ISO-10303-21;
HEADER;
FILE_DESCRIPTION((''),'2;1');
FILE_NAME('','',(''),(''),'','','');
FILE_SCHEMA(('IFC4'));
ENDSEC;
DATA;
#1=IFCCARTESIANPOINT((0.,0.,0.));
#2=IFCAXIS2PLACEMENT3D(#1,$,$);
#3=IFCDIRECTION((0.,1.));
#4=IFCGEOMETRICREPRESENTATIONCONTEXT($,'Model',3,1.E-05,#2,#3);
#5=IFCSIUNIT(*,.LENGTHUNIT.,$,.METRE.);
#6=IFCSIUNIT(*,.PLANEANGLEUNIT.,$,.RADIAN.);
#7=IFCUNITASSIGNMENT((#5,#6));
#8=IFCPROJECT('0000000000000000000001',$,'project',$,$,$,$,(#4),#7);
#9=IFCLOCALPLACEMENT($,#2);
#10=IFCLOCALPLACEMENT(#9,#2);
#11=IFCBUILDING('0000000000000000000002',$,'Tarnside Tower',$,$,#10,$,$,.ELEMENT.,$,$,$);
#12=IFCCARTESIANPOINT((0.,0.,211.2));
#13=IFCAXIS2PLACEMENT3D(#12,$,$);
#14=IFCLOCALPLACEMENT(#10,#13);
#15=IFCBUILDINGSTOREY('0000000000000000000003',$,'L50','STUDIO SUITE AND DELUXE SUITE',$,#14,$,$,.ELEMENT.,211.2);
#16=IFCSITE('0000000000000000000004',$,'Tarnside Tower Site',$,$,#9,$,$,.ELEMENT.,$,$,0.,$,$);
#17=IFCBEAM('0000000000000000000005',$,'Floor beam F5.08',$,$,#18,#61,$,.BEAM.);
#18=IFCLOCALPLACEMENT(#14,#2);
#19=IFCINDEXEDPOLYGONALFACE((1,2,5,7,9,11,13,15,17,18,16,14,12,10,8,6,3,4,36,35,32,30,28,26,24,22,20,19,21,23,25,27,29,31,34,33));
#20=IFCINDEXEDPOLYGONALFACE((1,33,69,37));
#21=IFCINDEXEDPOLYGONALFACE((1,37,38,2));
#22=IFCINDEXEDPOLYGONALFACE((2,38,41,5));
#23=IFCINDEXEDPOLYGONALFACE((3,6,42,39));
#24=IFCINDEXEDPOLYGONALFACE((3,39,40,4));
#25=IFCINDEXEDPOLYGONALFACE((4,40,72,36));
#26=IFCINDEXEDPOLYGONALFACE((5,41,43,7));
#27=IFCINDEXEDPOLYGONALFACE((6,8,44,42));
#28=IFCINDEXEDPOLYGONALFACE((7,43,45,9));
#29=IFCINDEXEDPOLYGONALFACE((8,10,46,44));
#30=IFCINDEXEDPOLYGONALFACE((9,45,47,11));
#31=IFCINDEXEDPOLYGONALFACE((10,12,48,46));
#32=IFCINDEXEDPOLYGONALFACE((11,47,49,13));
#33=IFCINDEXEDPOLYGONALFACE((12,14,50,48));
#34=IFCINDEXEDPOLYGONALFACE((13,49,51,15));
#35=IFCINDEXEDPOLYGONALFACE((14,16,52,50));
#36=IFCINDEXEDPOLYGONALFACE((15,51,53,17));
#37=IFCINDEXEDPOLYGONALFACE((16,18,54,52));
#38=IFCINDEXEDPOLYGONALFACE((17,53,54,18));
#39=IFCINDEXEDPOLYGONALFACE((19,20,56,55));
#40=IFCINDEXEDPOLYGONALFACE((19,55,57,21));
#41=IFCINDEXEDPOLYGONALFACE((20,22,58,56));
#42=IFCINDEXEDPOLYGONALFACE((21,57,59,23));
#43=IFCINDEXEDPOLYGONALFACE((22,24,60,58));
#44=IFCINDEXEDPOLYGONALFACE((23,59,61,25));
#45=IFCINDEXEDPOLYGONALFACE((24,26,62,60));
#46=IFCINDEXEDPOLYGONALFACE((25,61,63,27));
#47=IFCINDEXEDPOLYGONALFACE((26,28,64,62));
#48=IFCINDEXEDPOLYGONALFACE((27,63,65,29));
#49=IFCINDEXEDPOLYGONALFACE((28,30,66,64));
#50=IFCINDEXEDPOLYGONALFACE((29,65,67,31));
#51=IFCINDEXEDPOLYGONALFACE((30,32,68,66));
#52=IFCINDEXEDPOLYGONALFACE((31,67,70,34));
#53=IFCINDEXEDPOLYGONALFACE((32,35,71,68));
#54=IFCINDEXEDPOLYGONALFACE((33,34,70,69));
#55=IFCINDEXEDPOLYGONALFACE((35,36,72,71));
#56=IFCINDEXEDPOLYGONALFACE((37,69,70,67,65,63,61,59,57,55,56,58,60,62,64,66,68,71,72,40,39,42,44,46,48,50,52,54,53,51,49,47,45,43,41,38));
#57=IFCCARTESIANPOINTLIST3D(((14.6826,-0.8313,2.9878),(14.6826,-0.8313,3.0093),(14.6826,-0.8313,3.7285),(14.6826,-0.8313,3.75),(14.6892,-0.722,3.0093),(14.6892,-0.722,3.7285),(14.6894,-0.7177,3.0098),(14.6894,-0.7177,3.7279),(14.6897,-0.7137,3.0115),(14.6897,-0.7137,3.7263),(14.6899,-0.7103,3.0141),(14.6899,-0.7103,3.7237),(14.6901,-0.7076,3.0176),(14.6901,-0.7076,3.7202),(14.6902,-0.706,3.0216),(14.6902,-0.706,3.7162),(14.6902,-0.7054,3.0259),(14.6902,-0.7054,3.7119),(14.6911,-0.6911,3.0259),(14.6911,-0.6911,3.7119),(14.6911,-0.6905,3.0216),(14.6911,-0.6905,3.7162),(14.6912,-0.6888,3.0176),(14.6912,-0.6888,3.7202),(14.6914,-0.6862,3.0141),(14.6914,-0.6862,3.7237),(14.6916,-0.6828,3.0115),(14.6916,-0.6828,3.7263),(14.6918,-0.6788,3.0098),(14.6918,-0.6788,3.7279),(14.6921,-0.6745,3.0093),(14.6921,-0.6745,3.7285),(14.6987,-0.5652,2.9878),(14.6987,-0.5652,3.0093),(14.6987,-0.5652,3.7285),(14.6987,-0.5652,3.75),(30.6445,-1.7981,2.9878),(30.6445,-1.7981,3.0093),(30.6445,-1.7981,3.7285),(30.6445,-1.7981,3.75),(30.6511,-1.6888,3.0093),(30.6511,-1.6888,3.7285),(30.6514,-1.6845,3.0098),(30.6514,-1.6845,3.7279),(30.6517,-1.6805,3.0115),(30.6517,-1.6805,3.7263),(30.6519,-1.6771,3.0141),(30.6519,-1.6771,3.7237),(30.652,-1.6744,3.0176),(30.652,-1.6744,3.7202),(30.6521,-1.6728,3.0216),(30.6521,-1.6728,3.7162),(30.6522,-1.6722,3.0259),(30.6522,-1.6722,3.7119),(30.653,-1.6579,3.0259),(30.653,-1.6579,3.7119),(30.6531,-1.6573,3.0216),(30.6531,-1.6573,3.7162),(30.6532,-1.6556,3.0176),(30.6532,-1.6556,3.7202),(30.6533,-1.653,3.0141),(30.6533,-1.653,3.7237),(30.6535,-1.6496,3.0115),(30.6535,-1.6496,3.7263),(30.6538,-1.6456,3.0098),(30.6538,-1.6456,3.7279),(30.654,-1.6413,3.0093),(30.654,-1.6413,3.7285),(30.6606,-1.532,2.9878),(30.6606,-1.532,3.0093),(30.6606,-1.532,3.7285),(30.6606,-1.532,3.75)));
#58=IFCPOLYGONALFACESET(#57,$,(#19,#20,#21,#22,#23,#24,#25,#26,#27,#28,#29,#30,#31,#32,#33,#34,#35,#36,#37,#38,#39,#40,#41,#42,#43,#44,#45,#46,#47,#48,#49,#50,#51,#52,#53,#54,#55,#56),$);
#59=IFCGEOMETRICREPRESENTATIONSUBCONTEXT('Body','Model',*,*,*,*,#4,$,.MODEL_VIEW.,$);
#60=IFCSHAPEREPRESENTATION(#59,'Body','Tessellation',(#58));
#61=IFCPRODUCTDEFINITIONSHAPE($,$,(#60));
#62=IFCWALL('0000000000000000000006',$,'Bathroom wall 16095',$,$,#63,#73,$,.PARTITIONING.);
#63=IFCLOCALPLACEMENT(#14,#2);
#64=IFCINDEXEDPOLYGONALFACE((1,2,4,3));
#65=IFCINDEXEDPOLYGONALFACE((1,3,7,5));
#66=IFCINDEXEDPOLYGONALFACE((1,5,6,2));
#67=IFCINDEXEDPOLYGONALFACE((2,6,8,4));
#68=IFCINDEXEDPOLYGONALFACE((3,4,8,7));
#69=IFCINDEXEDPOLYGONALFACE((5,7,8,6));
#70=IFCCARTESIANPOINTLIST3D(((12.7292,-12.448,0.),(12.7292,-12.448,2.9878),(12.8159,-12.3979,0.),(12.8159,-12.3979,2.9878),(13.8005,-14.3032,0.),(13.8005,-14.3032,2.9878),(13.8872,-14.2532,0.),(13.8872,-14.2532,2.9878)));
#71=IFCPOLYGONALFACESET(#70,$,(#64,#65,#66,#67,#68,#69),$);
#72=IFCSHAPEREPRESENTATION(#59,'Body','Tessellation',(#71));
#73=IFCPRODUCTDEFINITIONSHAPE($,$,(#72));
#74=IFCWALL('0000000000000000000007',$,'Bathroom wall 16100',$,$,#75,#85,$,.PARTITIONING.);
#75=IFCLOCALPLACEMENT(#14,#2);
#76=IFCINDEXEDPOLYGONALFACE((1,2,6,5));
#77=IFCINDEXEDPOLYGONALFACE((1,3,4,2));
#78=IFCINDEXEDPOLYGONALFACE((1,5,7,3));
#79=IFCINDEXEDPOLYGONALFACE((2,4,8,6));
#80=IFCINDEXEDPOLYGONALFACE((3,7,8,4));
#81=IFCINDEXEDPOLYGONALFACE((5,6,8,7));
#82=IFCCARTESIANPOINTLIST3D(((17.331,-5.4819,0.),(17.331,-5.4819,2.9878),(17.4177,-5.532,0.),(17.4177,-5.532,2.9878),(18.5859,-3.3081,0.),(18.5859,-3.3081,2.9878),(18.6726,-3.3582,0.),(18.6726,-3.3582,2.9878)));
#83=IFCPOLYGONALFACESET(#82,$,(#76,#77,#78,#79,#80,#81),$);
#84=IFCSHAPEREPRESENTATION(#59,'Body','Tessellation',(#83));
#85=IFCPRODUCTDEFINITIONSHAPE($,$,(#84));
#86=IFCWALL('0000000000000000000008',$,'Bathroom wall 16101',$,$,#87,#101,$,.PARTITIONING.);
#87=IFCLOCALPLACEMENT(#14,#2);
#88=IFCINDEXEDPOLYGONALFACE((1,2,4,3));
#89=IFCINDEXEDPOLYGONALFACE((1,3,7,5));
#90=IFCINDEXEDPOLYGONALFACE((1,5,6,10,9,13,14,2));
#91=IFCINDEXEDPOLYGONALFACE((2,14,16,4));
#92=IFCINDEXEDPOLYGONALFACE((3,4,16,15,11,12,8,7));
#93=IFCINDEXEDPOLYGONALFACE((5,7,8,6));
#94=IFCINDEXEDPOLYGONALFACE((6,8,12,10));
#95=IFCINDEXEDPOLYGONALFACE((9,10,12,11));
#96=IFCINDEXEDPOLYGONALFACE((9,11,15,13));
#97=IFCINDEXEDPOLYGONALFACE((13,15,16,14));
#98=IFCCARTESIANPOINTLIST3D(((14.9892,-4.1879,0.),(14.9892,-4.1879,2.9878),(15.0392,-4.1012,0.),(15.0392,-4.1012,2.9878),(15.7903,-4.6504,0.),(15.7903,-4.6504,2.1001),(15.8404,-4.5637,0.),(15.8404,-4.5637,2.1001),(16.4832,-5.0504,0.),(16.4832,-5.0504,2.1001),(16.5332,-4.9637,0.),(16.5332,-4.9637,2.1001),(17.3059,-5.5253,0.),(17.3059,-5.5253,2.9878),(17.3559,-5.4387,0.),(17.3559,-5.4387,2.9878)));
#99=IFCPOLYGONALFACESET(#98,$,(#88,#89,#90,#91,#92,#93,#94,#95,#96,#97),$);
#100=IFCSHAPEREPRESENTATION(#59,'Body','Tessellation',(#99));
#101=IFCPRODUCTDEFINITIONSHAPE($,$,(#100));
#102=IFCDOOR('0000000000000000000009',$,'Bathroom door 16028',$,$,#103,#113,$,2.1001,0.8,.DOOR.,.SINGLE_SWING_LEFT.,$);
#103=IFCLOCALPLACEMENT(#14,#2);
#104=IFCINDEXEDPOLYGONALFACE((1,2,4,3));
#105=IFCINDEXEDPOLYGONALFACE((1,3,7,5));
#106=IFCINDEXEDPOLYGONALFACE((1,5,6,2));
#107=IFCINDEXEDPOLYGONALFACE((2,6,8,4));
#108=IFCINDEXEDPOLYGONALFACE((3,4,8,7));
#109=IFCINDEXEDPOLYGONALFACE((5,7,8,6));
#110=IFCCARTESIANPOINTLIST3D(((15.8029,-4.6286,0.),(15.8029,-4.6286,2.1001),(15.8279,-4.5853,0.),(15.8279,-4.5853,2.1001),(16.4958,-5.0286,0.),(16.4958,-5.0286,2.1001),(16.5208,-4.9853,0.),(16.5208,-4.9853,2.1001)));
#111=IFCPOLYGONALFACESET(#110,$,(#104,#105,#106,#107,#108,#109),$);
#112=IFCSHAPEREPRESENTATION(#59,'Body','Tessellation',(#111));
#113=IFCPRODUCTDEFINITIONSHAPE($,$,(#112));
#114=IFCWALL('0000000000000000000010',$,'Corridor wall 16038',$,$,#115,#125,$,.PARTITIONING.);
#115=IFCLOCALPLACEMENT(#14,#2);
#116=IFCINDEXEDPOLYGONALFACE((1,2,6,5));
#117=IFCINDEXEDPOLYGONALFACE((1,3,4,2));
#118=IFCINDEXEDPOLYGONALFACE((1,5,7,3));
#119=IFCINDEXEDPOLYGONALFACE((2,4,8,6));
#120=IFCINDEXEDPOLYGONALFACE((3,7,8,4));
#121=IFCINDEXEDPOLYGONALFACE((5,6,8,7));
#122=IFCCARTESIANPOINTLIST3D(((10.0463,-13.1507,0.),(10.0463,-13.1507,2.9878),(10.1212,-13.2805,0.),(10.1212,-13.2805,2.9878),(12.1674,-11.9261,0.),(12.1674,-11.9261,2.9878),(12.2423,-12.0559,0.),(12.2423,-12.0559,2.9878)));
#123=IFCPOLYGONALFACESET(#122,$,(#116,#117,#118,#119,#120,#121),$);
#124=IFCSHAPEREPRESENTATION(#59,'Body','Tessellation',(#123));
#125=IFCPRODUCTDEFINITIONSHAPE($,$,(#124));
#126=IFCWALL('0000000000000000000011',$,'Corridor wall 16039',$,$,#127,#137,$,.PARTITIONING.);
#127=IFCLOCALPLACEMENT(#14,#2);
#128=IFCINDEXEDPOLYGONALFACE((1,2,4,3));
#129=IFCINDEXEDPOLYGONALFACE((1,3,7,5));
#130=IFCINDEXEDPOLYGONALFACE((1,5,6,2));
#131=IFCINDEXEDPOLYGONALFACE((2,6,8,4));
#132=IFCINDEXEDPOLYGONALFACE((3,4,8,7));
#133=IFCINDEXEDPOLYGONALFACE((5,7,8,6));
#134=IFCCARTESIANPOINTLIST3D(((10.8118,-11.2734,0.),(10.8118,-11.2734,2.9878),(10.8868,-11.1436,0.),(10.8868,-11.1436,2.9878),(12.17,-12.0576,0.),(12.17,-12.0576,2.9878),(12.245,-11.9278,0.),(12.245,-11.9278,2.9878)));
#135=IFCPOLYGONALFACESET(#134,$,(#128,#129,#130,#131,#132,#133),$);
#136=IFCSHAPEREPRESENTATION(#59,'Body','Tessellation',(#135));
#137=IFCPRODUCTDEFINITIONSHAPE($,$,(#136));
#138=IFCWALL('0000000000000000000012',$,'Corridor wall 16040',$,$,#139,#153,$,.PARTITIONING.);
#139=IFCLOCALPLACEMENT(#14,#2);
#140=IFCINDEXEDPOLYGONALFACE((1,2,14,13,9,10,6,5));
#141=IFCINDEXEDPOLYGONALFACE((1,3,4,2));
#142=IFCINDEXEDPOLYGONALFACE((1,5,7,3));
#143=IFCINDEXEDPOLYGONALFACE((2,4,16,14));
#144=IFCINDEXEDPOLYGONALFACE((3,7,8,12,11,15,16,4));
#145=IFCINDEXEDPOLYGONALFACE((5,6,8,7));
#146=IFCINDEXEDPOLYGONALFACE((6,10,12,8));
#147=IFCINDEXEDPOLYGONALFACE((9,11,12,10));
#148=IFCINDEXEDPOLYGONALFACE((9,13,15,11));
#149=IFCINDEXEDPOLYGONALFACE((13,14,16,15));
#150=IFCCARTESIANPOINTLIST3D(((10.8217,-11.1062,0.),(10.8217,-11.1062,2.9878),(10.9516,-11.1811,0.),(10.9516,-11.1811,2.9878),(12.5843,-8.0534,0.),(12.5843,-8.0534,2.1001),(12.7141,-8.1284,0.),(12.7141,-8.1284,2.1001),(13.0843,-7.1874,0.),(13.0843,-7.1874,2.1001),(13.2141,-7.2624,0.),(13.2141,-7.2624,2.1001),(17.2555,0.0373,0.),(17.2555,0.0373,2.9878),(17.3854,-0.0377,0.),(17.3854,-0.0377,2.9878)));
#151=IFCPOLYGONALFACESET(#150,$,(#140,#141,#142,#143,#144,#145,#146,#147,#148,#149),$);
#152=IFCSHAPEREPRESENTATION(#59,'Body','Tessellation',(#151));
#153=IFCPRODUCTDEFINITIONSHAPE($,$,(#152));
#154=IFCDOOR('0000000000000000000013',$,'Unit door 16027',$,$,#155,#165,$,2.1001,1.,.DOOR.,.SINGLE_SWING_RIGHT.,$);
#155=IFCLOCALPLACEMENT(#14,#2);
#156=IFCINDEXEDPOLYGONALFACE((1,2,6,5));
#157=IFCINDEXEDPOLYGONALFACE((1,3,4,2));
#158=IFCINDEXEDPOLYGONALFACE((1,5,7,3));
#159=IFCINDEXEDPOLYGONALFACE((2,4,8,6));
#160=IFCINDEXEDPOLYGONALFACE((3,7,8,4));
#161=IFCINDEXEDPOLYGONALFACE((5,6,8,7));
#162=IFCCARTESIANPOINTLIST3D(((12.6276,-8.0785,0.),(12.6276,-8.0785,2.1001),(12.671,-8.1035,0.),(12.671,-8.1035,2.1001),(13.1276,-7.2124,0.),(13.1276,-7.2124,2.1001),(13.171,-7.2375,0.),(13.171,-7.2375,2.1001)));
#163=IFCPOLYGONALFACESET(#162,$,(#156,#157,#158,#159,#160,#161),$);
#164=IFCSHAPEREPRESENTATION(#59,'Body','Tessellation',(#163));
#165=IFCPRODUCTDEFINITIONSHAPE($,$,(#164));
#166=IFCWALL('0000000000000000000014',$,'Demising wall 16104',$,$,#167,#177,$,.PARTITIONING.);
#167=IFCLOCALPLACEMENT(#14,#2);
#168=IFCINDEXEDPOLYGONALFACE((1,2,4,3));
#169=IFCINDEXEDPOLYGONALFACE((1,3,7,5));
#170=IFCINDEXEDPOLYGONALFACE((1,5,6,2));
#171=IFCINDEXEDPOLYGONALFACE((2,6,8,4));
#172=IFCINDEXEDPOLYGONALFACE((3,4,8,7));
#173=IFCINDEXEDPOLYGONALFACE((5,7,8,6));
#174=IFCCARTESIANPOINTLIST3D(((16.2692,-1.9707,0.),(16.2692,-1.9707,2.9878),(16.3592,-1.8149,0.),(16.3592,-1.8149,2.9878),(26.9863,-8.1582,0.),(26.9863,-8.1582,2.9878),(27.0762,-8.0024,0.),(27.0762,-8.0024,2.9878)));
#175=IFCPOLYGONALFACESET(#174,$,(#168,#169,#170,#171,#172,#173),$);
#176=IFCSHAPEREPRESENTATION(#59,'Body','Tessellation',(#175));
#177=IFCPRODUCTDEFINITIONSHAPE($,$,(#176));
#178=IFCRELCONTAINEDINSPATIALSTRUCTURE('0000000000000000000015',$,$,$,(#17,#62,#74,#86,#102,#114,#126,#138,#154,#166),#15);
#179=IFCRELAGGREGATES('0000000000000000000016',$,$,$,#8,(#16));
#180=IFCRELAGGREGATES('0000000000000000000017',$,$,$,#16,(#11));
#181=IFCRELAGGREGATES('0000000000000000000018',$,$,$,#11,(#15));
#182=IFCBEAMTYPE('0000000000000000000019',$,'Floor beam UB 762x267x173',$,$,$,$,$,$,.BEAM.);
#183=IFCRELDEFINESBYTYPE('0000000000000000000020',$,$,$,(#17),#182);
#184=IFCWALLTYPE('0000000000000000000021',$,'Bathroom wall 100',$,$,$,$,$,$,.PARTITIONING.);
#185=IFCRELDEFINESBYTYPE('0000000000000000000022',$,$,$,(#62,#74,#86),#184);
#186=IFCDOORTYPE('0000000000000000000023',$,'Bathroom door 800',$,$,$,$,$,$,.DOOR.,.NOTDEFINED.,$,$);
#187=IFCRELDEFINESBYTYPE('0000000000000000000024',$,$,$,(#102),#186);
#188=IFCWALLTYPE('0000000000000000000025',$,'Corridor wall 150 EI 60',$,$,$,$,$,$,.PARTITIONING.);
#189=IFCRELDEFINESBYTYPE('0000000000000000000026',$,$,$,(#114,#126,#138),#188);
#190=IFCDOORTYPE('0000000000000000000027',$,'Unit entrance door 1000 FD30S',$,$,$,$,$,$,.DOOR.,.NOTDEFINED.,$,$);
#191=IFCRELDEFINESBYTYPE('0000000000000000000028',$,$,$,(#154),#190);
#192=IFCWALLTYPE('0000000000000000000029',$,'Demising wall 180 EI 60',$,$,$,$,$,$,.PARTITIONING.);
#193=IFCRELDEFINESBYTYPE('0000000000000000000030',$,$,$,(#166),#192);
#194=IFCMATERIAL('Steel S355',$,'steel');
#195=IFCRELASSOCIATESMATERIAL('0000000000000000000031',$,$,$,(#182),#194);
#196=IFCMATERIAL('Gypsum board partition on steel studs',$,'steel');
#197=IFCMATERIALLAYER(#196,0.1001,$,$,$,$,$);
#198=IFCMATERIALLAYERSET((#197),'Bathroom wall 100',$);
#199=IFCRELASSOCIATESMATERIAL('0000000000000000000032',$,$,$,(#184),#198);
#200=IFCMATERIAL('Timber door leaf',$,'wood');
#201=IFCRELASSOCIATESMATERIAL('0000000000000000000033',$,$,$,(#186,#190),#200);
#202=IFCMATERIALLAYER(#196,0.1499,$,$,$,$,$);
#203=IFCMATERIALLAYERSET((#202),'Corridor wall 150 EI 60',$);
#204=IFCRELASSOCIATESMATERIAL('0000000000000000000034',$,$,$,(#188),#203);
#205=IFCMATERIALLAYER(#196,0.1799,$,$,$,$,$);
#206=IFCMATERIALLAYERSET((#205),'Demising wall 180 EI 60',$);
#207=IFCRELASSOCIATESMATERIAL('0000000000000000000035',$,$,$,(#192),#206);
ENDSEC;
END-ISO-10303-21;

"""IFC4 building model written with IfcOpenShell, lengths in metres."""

from ifc_helpers import new_model, si_unit, direction, frame, frame_2d, origin, origin_2d, place, context, subcontext, project, spatial, rectangle, i_section, extrude, material, layer, layer_set, material_profile, profile_set, type_object, element, fill, save


model = new_model("IFC4")

# Units and contexts
model_context = context("Model", 3, precision=1e-05, world=origin(), true_north=direction((0.0, 1.0)))
body_context = subcontext(model_context, "Body", "Model", "MODEL_VIEW")
ifc_project = project(units=[si_unit("LENGTHUNIT", "METRE"), si_unit("PLANEANGLEUNIT", "RADIAN")], contexts=[model_context])

# Site, building, storey
site_placement = place(None, origin())
site = spatial("IfcSite", under=ifc_project, at=site_placement, Name="Tarnside Tower Site", CompositionType="ELEMENT", RefElevation=0.0)
building_placement = place(site_placement, origin())
building = spatial("IfcBuilding", under=site, at=building_placement, Name="Tarnside Tower", CompositionType="ELEMENT")
storey_placement = place(building_placement, frame((0.0, 0.0, 211.2)))
storey = spatial("IfcBuildingStorey", under=building, at=storey_placement, Name="L50", Description="STUDIO SUITE AND DELUXE SUITE", CompositionType="ELEMENT", Elevation=211.2)

# Beam
ifc_material_1 = material(Name="Steel S355", Category="steel")
ifc_material_profile_1 = material_profile(ifc_material_1, i_section(OverallWidth=0.2666, OverallDepth=0.7622, WebThickness=0.0144, FlangeThickness=0.0215, FilletRadius=0.0166, at=origin_2d()), Name="UB 762x267x173")
ifc_profile_set_1 = profile_set([ifc_material_profile_1], Name="Steel S355")
beam_type_1 = type_object("IfcBeamType", Name="Floor beam UB 762x267x173", PredefinedType="BEAM", material=ifc_profile_set_1)
beam_1_placement = place(storey_placement, frame((30.6526, -1.665, 3.3689), z_axis=(-0.998171, 0.060458, 0.0), x_axis=(-0.060458, -0.998171, 0.0)))
element("IfcBeam", 1, at=beam_1_placement, inside=storey, type_object=beam_type_1, Name="Floor beam F5.08", PredefinedType="BEAM", context=body_context, shape_type="SweptSolid", body=[
    extrude(i_section(OverallWidth=0.2666, OverallDepth=0.7622, WebThickness=0.0144, FlangeThickness=0.0215, FilletRadius=0.0166, at=origin_2d()), origin(), (0.0, 0.0, 1.0), 15.9912),
])

# Walls
ifc_material_2 = material(Name="Gypsum board partition on steel studs", Category="steel")
ifc_layer_1 = layer(ifc_material_2, 0.1001)
ifc_layer_set_1 = layer_set([ifc_layer_1], Name="Bathroom wall 100")
wall_type_1 = type_object("IfcWallType", Name="Bathroom wall 100", PredefinedType="PARTITIONING", material=ifc_layer_set_1)
wall_1_placement = place(storey_placement, frame((12.7725, -12.4229, 0.0), z_axis=(0.0, 0.0, 1.0), x_axis=(0.500061, -0.86599, 0.0)))
element("IfcWall", 2, at=wall_1_placement, inside=storey, type_object=wall_type_1, Name="Bathroom wall 16095", PredefinedType="PARTITIONING", context=body_context, shape_type="SweptSolid", body=[
    extrude(rectangle(XDim=2.1423, YDim=0.1001, at=frame_2d((1.0713, 0.0))), origin(), (0.0, 0.0, 1.0), 2.9878),
])
wall_2_placement = place(storey_placement, frame((18.6292, -3.3333, 0.0), z_axis=(0.0, 0.0, 1.0), x_axis=(-0.499947, -0.866056, 0.0)))
element("IfcWall", 3, at=wall_2_placement, inside=storey, type_object=wall_type_1, Name="Bathroom wall 16100", PredefinedType="PARTITIONING", context=body_context, shape_type="SweptSolid", body=[
    extrude(rectangle(XDim=2.51, YDim=0.1001, at=frame_2d((1.2549, 0.0))), origin(), (0.0, 0.0, 1.0), 2.9878),
])

# Wall, opening, door
wall_3_placement = place(storey_placement, frame((17.3308, -5.4819, 0.0), z_axis=(0.0, 0.0, 1.0), x_axis=(-0.866044, 0.499967, 0.0)))
wall_3 = element("IfcWall", 4, at=wall_3_placement, inside=storey, type_object=wall_type_1, Name="Bathroom wall 16101", PredefinedType="PARTITIONING", context=body_context, shape_type="SweptSolid", body=[
    extrude(rectangle(XDim=2.675, YDim=0.1001, at=frame_2d((1.3374, 0.0))), origin(), (0.0, 0.0, 1.0), 2.9878),
])
opening_1_placement = place(wall_3_placement, frame((0.95, 0.0, 0.0)))
opening_1 = element("IfcOpeningElement", 5, at=opening_1_placement, cuts=wall_3, PredefinedType="OPENING", context=body_context, shape_type="SweptSolid", body=[
    extrude(rectangle(XDim=0.8, YDim=2.1001, at=frame_2d((0.3999, 1.05))), frame((0.0, 0.0601, 0.0), z_axis=(0.0, -1.0, 0.0), x_axis=(1.0, 0.0, 0.0)), (0.0, 0.0, 1.0), 0.1201),
])
ifc_material_3 = material(Name="Timber door leaf", Category="wood")
door_type_1 = type_object("IfcDoorType", Name="Bathroom door 800", OperationType="NOTDEFINED", PredefinedType="DOOR", material=ifc_material_3)
door_1_placement = place(opening_1_placement, origin())
door_1 = element("IfcDoor", 6, at=door_1_placement, inside=storey, type_object=door_type_1, Name="Bathroom door 16028", OperationType="SINGLE_SWING_LEFT", OverallHeight=2.1001, OverallWidth=0.8, PredefinedType="DOOR", context=body_context, shape_type="SweptSolid", body=[
    extrude(rectangle(XDim=0.8, YDim=2.1001, at=frame_2d((0.3999, 1.05))), frame((0.0, 0.0249, 0.0), z_axis=(0.0, -1.0, 0.0), x_axis=(1.0, 0.0, 0.0)), (0.0, 0.0, 1.0), 0.05),
])
fill(opening_1, door_1)

# Walls
ifc_layer_2 = layer(ifc_material_2, 0.1499)
ifc_layer_set_2 = layer_set([ifc_layer_2], Name="Corridor wall 150 EI 60")
wall_type_2 = type_object("IfcWallType", Name="Corridor wall 150 EI 60", PredefinedType="PARTITIONING", material=ifc_layer_set_2)
wall_4_placement = place(storey_placement, frame((10.0837, -13.2156, 0.0), z_axis=(0.0, 0.0, 1.0), x_axis=(0.866026, 0.499999, 0.0)))
element("IfcWall", 7, at=wall_4_placement, inside=storey, type_object=wall_type_2, Name="Corridor wall 16038", PredefinedType="PARTITIONING", context=body_context, shape_type="SweptSolid", body=[
    extrude(rectangle(XDim=2.4492, YDim=0.1499, at=frame_2d((1.2246, 0.0))), origin(), (0.0, 0.0, 1.0), 2.9878),
])
wall_5_placement = place(storey_placement, frame((12.2075, -11.9927, 0.0), z_axis=(0.0, 0.0, 1.0), x_axis=(-0.866012, 0.500023, 0.0)))
element("IfcWall", 8, at=wall_5_placement, inside=storey, type_object=wall_type_2, Name="Corridor wall 16039", PredefinedType="PARTITIONING", context=body_context, shape_type="SweptSolid", body=[
    extrude(rectangle(XDim=1.5684, YDim=0.1499, at=frame_2d((0.7842, 0.0))), origin(), (0.0, 0.0, 1.0), 2.9878),
])

# Wall, opening, door
wall_6_placement = place(storey_placement, frame((10.8867, -11.1436, 0.0), z_axis=(0.0, 0.0, 1.0), x_axis=(0.500006, 0.866022, 0.0)))
wall_6 = element("IfcWall", 9, at=wall_6_placement, inside=storey, type_object=wall_type_2, Name="Corridor wall 16040", PredefinedType="PARTITIONING", context=body_context, shape_type="SweptSolid", body=[
    extrude(rectangle(XDim=12.8674, YDim=0.1499, at=frame_2d((6.4336, 0.0))), origin(), (0.0, 0.0, 1.0), 2.9878),
])
opening_2_placement = place(wall_6_placement, frame((3.5249, 0.0, 0.0)))
opening_2 = element("IfcOpeningElement", 10, at=opening_2_placement, cuts=wall_6, PredefinedType="OPENING", context=body_context, shape_type="SweptSolid", body=[
    extrude(rectangle(XDim=1.0, YDim=2.1001, at=frame_2d((0.5, 1.05))), frame((0.0, 0.085, 0.0), z_axis=(0.0, -1.0, 0.0), x_axis=(1.0, 0.0, 0.0)), (0.0, 0.0, 1.0), 0.1699),
])
door_type_2 = type_object("IfcDoorType", Name="Unit entrance door 1000 FD30S", OperationType="NOTDEFINED", PredefinedType="DOOR", material=ifc_material_3)
door_2_placement = place(opening_2_placement, origin())
door_2 = element("IfcDoor", 11, at=door_2_placement, inside=storey, type_object=door_type_2, Name="Unit door 16027", OperationType="SINGLE_SWING_RIGHT", OverallHeight=2.1001, OverallWidth=1.0, PredefinedType="DOOR", context=body_context, shape_type="SweptSolid", body=[
    extrude(rectangle(XDim=1.0, YDim=2.1001, at=frame_2d((0.5, 1.05))), frame((0.0, 0.0249, 0.0), z_axis=(0.0, -1.0, 0.0), x_axis=(1.0, 0.0, 0.0)), (0.0, 0.0, 1.0), 0.05),
])
fill(opening_2, door_2)

# Wall
ifc_layer_3 = layer(ifc_material_2, 0.1799)
ifc_layer_set_3 = layer_set([ifc_layer_3], Name="Demising wall 180 EI 60")
wall_type_3 = type_object("IfcWallType", Name="Demising wall 180 EI 60", PredefinedType="PARTITIONING", material=ifc_layer_set_3)
wall_7_placement = place(storey_placement, frame((27.0312, -8.0803, 0.0), z_axis=(0.0, 0.0, 1.0), x_axis=(-0.866025, 0.500001, 0.0)))
element("IfcWall", 12, at=wall_7_placement, inside=storey, type_object=wall_type_3, Name="Demising wall 16104", PredefinedType="PARTITIONING", context=body_context, shape_type="SweptSolid", body=[
    extrude(rectangle(XDim=12.375, YDim=0.1799, at=frame_2d((6.1875, 0.0))), origin(), (0.0, 0.0, 1.0), 2.9878),
])

save(model, "model.ifc")
